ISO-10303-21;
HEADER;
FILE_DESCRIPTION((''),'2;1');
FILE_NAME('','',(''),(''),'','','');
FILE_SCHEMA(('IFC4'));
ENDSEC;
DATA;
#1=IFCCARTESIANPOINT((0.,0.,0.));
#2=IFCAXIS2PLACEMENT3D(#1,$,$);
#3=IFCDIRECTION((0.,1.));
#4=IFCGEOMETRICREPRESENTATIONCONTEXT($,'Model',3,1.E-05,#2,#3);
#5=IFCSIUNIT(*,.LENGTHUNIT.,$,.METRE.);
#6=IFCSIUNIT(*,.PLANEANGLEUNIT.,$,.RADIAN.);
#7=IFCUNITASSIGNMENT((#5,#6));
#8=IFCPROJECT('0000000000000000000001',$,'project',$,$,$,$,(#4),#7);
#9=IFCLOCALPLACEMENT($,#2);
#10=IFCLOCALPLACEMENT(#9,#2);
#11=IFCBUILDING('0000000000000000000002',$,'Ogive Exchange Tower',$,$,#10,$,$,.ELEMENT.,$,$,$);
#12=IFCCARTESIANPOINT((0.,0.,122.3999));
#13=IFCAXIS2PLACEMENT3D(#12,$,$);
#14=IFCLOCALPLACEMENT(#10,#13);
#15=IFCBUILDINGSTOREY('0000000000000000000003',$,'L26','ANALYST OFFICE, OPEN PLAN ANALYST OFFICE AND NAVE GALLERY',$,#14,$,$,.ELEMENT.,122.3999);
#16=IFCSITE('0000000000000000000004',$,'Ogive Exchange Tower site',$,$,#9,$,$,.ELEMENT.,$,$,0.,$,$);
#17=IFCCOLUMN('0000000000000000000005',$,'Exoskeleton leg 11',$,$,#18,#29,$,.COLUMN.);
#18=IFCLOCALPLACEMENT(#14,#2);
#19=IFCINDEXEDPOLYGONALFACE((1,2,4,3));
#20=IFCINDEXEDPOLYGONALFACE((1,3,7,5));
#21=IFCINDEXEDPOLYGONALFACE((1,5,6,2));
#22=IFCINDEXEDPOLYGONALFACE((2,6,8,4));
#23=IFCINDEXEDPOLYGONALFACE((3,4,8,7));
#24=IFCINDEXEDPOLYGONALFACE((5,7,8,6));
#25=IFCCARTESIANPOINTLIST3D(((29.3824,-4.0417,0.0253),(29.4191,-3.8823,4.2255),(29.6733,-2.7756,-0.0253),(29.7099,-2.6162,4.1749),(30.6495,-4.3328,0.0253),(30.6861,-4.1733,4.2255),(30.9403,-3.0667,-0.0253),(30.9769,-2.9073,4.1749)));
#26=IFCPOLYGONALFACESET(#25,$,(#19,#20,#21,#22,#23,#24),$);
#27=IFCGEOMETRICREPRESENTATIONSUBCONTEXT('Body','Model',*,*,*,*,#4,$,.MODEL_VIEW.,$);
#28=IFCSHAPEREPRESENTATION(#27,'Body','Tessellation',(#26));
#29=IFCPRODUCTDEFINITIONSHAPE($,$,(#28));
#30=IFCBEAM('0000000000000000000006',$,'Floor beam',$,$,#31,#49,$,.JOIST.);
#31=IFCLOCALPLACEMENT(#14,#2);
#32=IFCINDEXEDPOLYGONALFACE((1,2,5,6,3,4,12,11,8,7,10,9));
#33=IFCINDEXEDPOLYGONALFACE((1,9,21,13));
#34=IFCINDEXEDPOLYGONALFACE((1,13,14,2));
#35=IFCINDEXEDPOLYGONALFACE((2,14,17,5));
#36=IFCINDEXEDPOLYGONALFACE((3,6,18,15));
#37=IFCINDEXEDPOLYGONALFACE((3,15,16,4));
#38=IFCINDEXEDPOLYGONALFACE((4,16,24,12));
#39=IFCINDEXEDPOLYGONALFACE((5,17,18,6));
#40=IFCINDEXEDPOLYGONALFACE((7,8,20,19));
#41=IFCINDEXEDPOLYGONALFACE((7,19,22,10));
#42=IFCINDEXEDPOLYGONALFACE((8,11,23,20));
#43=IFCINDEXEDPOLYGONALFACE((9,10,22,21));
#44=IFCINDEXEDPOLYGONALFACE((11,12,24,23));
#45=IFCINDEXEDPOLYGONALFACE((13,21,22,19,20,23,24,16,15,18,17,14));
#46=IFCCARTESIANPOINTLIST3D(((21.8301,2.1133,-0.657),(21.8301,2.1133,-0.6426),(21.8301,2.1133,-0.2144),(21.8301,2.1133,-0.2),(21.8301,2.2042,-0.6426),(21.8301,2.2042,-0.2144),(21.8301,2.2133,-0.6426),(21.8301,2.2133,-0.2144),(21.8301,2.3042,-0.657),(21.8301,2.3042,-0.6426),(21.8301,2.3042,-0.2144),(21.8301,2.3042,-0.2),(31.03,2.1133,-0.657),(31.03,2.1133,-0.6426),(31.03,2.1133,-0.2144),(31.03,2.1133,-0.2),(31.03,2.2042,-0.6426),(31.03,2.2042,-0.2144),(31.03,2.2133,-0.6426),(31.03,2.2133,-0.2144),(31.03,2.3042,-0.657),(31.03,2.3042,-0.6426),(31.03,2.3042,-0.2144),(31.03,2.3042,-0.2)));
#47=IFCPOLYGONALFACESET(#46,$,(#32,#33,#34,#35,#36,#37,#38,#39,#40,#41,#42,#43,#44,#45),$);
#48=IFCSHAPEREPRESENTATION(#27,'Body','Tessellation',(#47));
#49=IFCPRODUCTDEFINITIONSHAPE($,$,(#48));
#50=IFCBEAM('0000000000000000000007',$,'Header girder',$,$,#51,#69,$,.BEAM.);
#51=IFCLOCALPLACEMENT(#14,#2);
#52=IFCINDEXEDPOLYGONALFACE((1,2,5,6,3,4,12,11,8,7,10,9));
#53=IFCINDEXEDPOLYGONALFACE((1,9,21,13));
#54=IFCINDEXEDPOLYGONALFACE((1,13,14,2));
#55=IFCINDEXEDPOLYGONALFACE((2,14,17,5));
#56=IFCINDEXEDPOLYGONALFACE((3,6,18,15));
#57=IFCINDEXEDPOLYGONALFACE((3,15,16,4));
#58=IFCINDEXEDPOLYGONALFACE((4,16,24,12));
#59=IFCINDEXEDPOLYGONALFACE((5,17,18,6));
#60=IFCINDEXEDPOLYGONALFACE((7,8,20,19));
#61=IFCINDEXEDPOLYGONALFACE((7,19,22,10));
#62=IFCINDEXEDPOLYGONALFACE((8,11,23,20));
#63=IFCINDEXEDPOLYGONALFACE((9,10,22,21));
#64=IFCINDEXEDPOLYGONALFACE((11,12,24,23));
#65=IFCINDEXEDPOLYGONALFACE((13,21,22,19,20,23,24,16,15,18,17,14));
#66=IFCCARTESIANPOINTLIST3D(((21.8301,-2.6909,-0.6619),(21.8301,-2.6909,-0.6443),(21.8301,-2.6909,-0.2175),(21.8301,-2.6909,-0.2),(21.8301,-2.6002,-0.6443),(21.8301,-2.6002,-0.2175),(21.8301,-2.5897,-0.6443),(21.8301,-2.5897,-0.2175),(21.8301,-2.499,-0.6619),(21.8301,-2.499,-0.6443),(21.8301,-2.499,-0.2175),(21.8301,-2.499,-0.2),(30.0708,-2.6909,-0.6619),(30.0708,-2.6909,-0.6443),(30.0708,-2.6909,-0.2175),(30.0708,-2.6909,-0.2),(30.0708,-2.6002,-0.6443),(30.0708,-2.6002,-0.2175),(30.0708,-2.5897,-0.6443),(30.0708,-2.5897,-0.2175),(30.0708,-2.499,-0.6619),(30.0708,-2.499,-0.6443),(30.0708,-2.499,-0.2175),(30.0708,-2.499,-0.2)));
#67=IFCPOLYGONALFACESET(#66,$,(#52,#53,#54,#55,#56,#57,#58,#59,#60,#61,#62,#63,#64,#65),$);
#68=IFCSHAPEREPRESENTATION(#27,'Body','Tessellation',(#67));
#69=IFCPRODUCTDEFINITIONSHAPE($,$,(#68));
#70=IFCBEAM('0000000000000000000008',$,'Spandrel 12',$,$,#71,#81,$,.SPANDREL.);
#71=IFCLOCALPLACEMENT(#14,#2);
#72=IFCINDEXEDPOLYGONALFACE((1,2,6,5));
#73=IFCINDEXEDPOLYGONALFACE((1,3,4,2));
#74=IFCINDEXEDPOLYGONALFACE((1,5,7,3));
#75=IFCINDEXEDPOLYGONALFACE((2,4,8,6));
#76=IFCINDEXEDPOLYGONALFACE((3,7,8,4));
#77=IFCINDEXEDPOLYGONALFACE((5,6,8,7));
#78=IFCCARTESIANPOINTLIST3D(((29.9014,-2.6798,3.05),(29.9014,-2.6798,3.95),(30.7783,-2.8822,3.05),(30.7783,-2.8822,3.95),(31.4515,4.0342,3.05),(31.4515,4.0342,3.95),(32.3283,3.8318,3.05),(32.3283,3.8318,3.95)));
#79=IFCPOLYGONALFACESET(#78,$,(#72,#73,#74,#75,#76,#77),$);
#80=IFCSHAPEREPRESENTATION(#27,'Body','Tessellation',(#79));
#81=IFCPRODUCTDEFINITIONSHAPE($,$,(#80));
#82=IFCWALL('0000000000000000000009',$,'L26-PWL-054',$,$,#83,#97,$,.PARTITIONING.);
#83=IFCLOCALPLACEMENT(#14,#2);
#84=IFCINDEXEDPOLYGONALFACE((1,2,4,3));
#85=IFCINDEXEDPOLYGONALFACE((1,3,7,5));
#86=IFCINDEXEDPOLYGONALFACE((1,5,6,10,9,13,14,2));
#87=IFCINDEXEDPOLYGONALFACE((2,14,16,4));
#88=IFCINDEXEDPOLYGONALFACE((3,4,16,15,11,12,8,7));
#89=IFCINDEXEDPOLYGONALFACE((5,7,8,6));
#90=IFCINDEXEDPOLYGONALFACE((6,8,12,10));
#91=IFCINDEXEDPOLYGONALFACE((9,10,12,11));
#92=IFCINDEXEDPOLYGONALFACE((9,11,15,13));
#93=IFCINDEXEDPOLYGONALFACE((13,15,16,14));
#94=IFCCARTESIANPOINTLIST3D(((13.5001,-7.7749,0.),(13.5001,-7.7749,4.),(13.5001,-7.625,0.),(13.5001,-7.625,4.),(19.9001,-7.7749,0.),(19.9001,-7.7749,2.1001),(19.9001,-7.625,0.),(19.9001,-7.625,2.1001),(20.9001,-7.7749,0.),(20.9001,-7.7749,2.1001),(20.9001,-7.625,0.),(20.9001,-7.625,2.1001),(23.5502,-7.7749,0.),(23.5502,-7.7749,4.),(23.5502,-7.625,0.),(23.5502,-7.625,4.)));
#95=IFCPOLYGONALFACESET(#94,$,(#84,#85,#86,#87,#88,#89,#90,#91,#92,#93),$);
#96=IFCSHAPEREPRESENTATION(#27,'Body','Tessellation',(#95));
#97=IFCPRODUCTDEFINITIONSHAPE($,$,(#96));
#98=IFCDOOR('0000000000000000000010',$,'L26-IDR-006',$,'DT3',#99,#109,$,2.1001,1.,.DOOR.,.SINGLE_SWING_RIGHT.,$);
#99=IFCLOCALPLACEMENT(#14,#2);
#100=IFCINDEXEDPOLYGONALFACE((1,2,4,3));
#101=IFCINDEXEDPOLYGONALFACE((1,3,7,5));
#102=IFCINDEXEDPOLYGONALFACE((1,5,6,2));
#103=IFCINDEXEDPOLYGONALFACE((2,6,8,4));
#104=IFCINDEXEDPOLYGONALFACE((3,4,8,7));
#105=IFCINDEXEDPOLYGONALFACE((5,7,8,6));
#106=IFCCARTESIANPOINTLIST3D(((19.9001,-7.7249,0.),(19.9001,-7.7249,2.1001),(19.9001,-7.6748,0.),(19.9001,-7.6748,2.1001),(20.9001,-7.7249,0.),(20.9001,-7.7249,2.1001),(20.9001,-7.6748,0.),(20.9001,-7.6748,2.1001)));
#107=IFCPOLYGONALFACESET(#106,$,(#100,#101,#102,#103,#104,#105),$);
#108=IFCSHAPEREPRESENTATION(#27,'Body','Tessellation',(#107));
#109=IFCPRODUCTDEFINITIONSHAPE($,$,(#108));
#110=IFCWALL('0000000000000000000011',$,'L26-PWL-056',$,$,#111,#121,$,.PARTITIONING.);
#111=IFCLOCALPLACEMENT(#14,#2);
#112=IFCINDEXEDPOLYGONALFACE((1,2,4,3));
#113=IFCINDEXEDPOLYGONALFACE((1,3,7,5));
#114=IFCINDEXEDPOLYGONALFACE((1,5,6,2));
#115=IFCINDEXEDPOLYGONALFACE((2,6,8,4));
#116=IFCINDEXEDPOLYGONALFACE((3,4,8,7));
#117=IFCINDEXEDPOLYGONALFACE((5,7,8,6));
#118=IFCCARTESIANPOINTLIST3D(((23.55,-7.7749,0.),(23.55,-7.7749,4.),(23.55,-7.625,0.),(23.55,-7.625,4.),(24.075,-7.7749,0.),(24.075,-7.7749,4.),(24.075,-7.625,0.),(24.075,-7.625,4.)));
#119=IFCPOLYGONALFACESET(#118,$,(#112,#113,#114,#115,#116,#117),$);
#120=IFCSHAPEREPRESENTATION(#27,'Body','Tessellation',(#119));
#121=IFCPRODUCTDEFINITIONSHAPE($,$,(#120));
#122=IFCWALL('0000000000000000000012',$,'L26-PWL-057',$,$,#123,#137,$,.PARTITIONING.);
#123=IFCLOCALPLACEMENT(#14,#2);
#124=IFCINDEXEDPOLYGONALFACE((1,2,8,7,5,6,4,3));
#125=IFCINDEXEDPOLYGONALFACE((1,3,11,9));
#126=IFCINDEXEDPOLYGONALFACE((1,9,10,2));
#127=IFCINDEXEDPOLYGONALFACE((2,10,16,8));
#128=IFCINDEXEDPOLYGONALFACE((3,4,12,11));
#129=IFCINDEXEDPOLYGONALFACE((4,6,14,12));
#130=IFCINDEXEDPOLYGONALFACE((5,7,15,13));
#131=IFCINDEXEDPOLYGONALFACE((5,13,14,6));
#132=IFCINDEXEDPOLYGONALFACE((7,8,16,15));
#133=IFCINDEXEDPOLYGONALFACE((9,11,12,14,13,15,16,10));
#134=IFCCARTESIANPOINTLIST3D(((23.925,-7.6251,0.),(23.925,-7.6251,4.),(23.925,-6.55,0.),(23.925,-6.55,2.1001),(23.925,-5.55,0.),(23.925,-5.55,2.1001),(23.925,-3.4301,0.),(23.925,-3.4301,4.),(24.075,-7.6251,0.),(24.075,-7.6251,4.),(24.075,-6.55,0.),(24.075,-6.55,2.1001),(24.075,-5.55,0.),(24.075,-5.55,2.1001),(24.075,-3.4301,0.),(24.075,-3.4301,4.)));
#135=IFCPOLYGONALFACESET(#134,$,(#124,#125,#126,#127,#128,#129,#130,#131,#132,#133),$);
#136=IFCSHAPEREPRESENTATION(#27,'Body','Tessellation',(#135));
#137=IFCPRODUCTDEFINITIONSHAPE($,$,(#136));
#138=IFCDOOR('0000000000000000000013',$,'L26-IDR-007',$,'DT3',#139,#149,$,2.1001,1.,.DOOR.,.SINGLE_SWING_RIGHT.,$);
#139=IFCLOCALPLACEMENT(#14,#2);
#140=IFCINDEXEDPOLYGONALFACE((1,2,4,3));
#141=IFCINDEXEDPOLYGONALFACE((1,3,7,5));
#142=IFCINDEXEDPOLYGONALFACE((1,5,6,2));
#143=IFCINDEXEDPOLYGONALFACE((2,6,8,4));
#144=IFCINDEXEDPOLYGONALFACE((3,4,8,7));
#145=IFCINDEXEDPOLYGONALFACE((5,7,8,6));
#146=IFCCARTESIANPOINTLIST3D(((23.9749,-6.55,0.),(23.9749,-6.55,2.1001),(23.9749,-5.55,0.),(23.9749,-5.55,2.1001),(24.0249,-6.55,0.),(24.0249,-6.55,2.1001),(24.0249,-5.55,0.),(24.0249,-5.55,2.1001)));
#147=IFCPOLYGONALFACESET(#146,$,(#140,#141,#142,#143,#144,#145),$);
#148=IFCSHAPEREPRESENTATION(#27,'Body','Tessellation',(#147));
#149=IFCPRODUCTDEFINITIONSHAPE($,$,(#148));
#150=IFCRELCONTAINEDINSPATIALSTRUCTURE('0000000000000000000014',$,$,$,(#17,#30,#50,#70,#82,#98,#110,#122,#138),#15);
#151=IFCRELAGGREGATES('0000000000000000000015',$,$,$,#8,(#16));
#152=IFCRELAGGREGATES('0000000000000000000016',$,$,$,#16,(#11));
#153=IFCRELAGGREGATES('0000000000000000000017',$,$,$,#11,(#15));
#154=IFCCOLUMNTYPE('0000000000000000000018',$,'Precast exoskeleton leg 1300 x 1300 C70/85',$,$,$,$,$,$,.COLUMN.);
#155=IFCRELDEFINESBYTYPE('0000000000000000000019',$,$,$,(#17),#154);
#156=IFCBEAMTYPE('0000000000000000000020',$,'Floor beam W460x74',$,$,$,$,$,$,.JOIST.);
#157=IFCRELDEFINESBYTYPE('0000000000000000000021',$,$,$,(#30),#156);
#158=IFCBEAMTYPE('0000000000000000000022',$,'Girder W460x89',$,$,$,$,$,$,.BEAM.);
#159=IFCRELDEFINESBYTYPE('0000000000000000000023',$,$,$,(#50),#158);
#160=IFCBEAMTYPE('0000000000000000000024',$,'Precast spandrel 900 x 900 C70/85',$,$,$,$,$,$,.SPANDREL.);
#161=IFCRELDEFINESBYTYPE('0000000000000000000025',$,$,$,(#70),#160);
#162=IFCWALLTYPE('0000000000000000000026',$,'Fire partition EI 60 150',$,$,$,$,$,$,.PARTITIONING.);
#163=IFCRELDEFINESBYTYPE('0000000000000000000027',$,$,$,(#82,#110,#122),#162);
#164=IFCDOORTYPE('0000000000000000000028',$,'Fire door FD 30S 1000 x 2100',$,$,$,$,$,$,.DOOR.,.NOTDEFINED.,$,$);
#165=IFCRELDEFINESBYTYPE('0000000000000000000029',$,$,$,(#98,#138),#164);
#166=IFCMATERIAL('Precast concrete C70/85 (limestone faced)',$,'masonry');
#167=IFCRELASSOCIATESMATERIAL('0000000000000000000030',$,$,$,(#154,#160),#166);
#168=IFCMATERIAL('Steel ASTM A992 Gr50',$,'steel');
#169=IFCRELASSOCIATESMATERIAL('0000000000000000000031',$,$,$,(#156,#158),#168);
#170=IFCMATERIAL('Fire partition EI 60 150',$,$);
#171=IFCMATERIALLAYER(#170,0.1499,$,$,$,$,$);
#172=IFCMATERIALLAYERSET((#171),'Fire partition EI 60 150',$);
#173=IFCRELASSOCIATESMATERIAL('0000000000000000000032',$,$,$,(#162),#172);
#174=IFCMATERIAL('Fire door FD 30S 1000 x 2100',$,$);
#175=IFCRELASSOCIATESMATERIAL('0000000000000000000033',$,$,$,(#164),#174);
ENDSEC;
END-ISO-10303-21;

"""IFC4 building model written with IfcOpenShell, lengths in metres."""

from ifc_helpers import new_model, si_unit, direction, frame, frame_2d, origin, origin_2d, place, context, subcontext, project, spatial, rectangle, i_section, extrude, material, layer, layer_set, material_profile, profile_set, type_object, element, fill, save


model = new_model("IFC4")

# Units and contexts
model_context = context("Model", 3, precision=1e-05, world=origin(), true_north=direction((0.0, 1.0)))
body_context = subcontext(model_context, "Body", "Model", "MODEL_VIEW")
ifc_project = project(units=[si_unit("LENGTHUNIT", "METRE"), si_unit("PLANEANGLEUNIT", "RADIAN")], contexts=[model_context])

# Site, building, storey
site_placement = place(None, origin())
site = spatial("IfcSite", under=ifc_project, at=site_placement, Name="Ogive Exchange Tower site", CompositionType="ELEMENT", RefElevation=0.0)
building_placement = place(site_placement, origin())
building = spatial("IfcBuilding", under=site, at=building_placement, Name="Ogive Exchange Tower", CompositionType="ELEMENT")
storey_placement = place(building_placement, frame((0.0, 0.0, 122.3999)))
storey = spatial("IfcBuildingStorey", under=building, at=storey_placement, Name="L26", Description="ANALYST OFFICE, OPEN PLAN ANALYST OFFICE AND NAVE GALLERY", CompositionType="ELEMENT", Elevation=122.3999)

# Column
ifc_material_1 = material(Name="Precast concrete C70/85 (limestone faced)", Category="masonry")
ifc_material_profile_1 = material_profile(ifc_material_1, rectangle(XDim=1.3, YDim=1.3, at=origin_2d()), Name="1300 x 1300")
ifc_profile_set_1 = profile_set([ifc_material_profile_1], Name="Precast concrete C70/85 (limestone faced)")
column_type = type_object("IfcColumnType", Name="Precast exoskeleton leg 1300 x 1300 C70/85", PredefinedType="COLUMN", material=ifc_profile_set_1)
column_placement = place(storey_placement, frame((30.1614, -3.5542, 0.0), z_axis=(0.008712, 0.037928, 0.999243), x_axis=(-0.974617, 0.223878, 0.0)))
element("IfcColumn", 1, at=column_placement, inside=storey, type_object=column_type, Name="Exoskeleton leg 11", PredefinedType="COLUMN", context=body_context, shape_type="SweptSolid", body=[
    extrude(rectangle(XDim=1.3, YDim=1.3, at=origin_2d()), origin(), (0.0, 0.0, 1.0), 4.2034),
])

# Beams
ifc_material_2 = material(Name="Steel ASTM A992 Gr50", Category="steel")
ifc_material_profile_2 = material_profile(ifc_material_2, i_section(OverallWidth=0.1909, OverallDepth=0.457, WebThickness=0.009, FlangeThickness=0.0144, at=origin_2d()), Name="W460x74")
ifc_profile_set_2 = profile_set([ifc_material_profile_2], Name="Steel ASTM A992 Gr50")
beam_type_1 = type_object("IfcBeamType", Name="Floor beam W460x74", PredefinedType="JOIST", material=ifc_profile_set_2)
beam_1_placement = place(storey_placement, frame((21.8301, 2.2087, -0.4285), z_axis=(1.0, 0.0, 0.0), x_axis=(0.0, 1.0, 0.0)))
element("IfcBeam", 2, at=beam_1_placement, inside=storey, type_object=beam_type_1, Name="Floor beam", PredefinedType="JOIST", context=body_context, shape_type="SweptSolid", body=[
    extrude(i_section(OverallWidth=0.1909, OverallDepth=0.457, WebThickness=0.009, FlangeThickness=0.0144, at=origin_2d()), origin(), (0.0, 0.0, 1.0), 9.2),
])
ifc_material_profile_3 = material_profile(ifc_material_2, i_section(OverallWidth=0.1919, OverallDepth=0.4619, WebThickness=0.0105, FlangeThickness=0.0176, at=origin_2d()), Name="W460x89")
ifc_profile_set_3 = profile_set([ifc_material_profile_3], Name="Steel ASTM A992 Gr50")
beam_type_2 = type_object("IfcBeamType", Name="Girder W460x89", PredefinedType="BEAM", material=ifc_profile_set_3)
beam_2_placement = place(storey_placement, frame((21.8301, -2.595, -0.4309), z_axis=(1.0, 0.0, 0.0), x_axis=(0.0, 1.0, 0.0)))
element("IfcBeam", 3, at=beam_2_placement, inside=storey, type_object=beam_type_2, Name="Header girder", PredefinedType="BEAM", context=body_context, shape_type="SweptSolid", body=[
    extrude(i_section(OverallWidth=0.1919, OverallDepth=0.4619, WebThickness=0.0105, FlangeThickness=0.0176, at=origin_2d()), origin(), (0.0, 0.0, 1.0), 8.2407),
])
ifc_material_profile_4 = material_profile(ifc_material_1, rectangle(XDim=0.8999, YDim=0.8999, at=origin_2d()), Name="900 x 900")
ifc_profile_set_4 = profile_set([ifc_material_profile_4], Name="Precast concrete C70/85 (limestone faced)")
beam_type_3 = type_object("IfcBeamType", Name="Precast spandrel 900 x 900 C70/85", PredefinedType="SPANDREL", material=ifc_profile_set_4)
beam_3_placement = place(storey_placement, frame((30.3398, -2.781, 3.5), z_axis=(0.224947, 0.974371, 0.0), x_axis=(-0.974371, 0.224947, 0.0)))
element("IfcBeam", 4, at=beam_3_placement, inside=storey, type_object=beam_type_3, Name="Spandrel 12", PredefinedType="SPANDREL", context=body_context, shape_type="SweptSolid", body=[
    extrude(rectangle(XDim=0.8999, YDim=0.8999, at=origin_2d()), origin(), (0.0, 0.0, 1.0), 6.8906),
])

# Wall, opening, door
ifc_material_3 = material(Name="Fire partition EI 60 150")
ifc_layer_1 = layer(ifc_material_3, 0.1499)
ifc_layer_set_1 = layer_set([ifc_layer_1], Name="Fire partition EI 60 150")
wall_type_1 = type_object("IfcWallType", Name="Fire partition EI 60 150", PredefinedType="PARTITIONING", material=ifc_layer_set_1)
wall_1_placement = place(storey_placement, frame((23.55, -7.7, 0.0), z_axis=(0.0, 0.0, 1.0), x_axis=(-1.0, 0.0, 0.0)))
wall_1 = element("IfcWall", 5, at=wall_1_placement, inside=storey, type_object=wall_type_1, Name="L26-PWL-054", PredefinedType="PARTITIONING", context=body_context, shape_type="SweptSolid", body=[
    extrude(rectangle(XDim=10.05, YDim=0.1499, at=frame_2d((5.0249, 0.0))), origin(), (0.0, 0.0, 1.0), 4.0),
])
opening_1_placement = place(wall_1_placement, frame((2.6499, 0.0, 0.0)))
opening_1 = element("IfcOpeningElement", 6, at=opening_1_placement, cuts=wall_1, PredefinedType="OPENING", context=body_context, shape_type="SweptSolid", body=[
    extrude(rectangle(XDim=1.0, YDim=2.1001, at=frame_2d((0.5, 1.05))), frame((0.0, 0.085, 0.0), z_axis=(0.0, -1.0, 0.0), x_axis=(1.0, 0.0, 0.0)), (0.0, 0.0, 1.0), 0.1699),
])
ifc_material_4 = material(Name="Fire door FD 30S 1000 x 2100")
door_type_1 = type_object("IfcDoorType", Name="Fire door FD 30S 1000 x 2100", OperationType="NOTDEFINED", PredefinedType="DOOR", material=ifc_material_4)
door_1_placement = place(opening_1_placement, origin())
door_1 = element("IfcDoor", 7, at=door_1_placement, inside=storey, type_object=door_type_1, Name="L26-IDR-006", ObjectType="DT3", OperationType="SINGLE_SWING_RIGHT", OverallHeight=2.1001, OverallWidth=1.0, PredefinedType="DOOR", context=body_context, shape_type="SweptSolid", body=[
    extrude(rectangle(XDim=1.0, YDim=2.1001, at=frame_2d((0.5, 1.05))), frame((0.0, 0.0249, 0.0), z_axis=(0.0, -1.0, 0.0), x_axis=(1.0, 0.0, 0.0)), (0.0, 0.0, 1.0), 0.05),
])
fill(opening_1, door_1)

# Wall
wall_2_placement = place(storey_placement, frame((24.075, -7.7, 0.0), z_axis=(0.0, 0.0, 1.0), x_axis=(-1.0, 0.0, 0.0)))
element("IfcWall", 8, at=wall_2_placement, inside=storey, type_object=wall_type_1, Name="L26-PWL-056", PredefinedType="PARTITIONING", context=body_context, shape_type="SweptSolid", body=[
    extrude(rectangle(XDim=0.5249, YDim=0.1499, at=frame_2d((0.2625, 0.0))), origin(), (0.0, 0.0, 1.0), 4.0),
])

# Wall, opening, door
wall_3_placement = place(storey_placement, frame((24.0, -3.4299, 0.0), z_axis=(0.0, 0.0, 1.0), x_axis=(0.0, -1.0, 0.0)))
wall_3 = element("IfcWall", 9, at=wall_3_placement, inside=storey, type_object=wall_type_1, Name="L26-PWL-057", PredefinedType="PARTITIONING", context=body_context, shape_type="SweptSolid", body=[
    extrude(rectangle(XDim=4.1951, YDim=0.1499, at=frame_2d((2.0977, 0.0))), origin(), (0.0, 0.0, 1.0), 4.0),
])
opening_2_placement = place(wall_3_placement, frame((2.1201, 0.0, 0.0)))
opening_2 = element("IfcOpeningElement", 10, at=opening_2_placement, cuts=wall_3, PredefinedType="OPENING", context=body_context, shape_type="SweptSolid", body=[
    extrude(rectangle(XDim=1.0, YDim=2.1001, at=frame_2d((0.5, 1.05))), frame((0.0, 0.085, 0.0), z_axis=(0.0, -1.0, 0.0), x_axis=(1.0, 0.0, 0.0)), (0.0, 0.0, 1.0), 0.1699),
])
door_2_placement = place(opening_2_placement, origin())
door_2 = element("IfcDoor", 11, at=door_2_placement, inside=storey, type_object=door_type_1, Name="L26-IDR-007", ObjectType="DT3", OperationType="SINGLE_SWING_RIGHT", OverallHeight=2.1001, OverallWidth=1.0, PredefinedType="DOOR", context=body_context, shape_type="SweptSolid", body=[
    extrude(rectangle(XDim=1.0, YDim=2.1001, at=frame_2d((0.5, 1.05))), frame((0.0, 0.0249, 0.0), z_axis=(0.0, -1.0, 0.0), x_axis=(1.0, 0.0, 0.0)), (0.0, 0.0, 1.0), 0.05),
])
fill(opening_2, door_2)

save(model, "model.ifc")
